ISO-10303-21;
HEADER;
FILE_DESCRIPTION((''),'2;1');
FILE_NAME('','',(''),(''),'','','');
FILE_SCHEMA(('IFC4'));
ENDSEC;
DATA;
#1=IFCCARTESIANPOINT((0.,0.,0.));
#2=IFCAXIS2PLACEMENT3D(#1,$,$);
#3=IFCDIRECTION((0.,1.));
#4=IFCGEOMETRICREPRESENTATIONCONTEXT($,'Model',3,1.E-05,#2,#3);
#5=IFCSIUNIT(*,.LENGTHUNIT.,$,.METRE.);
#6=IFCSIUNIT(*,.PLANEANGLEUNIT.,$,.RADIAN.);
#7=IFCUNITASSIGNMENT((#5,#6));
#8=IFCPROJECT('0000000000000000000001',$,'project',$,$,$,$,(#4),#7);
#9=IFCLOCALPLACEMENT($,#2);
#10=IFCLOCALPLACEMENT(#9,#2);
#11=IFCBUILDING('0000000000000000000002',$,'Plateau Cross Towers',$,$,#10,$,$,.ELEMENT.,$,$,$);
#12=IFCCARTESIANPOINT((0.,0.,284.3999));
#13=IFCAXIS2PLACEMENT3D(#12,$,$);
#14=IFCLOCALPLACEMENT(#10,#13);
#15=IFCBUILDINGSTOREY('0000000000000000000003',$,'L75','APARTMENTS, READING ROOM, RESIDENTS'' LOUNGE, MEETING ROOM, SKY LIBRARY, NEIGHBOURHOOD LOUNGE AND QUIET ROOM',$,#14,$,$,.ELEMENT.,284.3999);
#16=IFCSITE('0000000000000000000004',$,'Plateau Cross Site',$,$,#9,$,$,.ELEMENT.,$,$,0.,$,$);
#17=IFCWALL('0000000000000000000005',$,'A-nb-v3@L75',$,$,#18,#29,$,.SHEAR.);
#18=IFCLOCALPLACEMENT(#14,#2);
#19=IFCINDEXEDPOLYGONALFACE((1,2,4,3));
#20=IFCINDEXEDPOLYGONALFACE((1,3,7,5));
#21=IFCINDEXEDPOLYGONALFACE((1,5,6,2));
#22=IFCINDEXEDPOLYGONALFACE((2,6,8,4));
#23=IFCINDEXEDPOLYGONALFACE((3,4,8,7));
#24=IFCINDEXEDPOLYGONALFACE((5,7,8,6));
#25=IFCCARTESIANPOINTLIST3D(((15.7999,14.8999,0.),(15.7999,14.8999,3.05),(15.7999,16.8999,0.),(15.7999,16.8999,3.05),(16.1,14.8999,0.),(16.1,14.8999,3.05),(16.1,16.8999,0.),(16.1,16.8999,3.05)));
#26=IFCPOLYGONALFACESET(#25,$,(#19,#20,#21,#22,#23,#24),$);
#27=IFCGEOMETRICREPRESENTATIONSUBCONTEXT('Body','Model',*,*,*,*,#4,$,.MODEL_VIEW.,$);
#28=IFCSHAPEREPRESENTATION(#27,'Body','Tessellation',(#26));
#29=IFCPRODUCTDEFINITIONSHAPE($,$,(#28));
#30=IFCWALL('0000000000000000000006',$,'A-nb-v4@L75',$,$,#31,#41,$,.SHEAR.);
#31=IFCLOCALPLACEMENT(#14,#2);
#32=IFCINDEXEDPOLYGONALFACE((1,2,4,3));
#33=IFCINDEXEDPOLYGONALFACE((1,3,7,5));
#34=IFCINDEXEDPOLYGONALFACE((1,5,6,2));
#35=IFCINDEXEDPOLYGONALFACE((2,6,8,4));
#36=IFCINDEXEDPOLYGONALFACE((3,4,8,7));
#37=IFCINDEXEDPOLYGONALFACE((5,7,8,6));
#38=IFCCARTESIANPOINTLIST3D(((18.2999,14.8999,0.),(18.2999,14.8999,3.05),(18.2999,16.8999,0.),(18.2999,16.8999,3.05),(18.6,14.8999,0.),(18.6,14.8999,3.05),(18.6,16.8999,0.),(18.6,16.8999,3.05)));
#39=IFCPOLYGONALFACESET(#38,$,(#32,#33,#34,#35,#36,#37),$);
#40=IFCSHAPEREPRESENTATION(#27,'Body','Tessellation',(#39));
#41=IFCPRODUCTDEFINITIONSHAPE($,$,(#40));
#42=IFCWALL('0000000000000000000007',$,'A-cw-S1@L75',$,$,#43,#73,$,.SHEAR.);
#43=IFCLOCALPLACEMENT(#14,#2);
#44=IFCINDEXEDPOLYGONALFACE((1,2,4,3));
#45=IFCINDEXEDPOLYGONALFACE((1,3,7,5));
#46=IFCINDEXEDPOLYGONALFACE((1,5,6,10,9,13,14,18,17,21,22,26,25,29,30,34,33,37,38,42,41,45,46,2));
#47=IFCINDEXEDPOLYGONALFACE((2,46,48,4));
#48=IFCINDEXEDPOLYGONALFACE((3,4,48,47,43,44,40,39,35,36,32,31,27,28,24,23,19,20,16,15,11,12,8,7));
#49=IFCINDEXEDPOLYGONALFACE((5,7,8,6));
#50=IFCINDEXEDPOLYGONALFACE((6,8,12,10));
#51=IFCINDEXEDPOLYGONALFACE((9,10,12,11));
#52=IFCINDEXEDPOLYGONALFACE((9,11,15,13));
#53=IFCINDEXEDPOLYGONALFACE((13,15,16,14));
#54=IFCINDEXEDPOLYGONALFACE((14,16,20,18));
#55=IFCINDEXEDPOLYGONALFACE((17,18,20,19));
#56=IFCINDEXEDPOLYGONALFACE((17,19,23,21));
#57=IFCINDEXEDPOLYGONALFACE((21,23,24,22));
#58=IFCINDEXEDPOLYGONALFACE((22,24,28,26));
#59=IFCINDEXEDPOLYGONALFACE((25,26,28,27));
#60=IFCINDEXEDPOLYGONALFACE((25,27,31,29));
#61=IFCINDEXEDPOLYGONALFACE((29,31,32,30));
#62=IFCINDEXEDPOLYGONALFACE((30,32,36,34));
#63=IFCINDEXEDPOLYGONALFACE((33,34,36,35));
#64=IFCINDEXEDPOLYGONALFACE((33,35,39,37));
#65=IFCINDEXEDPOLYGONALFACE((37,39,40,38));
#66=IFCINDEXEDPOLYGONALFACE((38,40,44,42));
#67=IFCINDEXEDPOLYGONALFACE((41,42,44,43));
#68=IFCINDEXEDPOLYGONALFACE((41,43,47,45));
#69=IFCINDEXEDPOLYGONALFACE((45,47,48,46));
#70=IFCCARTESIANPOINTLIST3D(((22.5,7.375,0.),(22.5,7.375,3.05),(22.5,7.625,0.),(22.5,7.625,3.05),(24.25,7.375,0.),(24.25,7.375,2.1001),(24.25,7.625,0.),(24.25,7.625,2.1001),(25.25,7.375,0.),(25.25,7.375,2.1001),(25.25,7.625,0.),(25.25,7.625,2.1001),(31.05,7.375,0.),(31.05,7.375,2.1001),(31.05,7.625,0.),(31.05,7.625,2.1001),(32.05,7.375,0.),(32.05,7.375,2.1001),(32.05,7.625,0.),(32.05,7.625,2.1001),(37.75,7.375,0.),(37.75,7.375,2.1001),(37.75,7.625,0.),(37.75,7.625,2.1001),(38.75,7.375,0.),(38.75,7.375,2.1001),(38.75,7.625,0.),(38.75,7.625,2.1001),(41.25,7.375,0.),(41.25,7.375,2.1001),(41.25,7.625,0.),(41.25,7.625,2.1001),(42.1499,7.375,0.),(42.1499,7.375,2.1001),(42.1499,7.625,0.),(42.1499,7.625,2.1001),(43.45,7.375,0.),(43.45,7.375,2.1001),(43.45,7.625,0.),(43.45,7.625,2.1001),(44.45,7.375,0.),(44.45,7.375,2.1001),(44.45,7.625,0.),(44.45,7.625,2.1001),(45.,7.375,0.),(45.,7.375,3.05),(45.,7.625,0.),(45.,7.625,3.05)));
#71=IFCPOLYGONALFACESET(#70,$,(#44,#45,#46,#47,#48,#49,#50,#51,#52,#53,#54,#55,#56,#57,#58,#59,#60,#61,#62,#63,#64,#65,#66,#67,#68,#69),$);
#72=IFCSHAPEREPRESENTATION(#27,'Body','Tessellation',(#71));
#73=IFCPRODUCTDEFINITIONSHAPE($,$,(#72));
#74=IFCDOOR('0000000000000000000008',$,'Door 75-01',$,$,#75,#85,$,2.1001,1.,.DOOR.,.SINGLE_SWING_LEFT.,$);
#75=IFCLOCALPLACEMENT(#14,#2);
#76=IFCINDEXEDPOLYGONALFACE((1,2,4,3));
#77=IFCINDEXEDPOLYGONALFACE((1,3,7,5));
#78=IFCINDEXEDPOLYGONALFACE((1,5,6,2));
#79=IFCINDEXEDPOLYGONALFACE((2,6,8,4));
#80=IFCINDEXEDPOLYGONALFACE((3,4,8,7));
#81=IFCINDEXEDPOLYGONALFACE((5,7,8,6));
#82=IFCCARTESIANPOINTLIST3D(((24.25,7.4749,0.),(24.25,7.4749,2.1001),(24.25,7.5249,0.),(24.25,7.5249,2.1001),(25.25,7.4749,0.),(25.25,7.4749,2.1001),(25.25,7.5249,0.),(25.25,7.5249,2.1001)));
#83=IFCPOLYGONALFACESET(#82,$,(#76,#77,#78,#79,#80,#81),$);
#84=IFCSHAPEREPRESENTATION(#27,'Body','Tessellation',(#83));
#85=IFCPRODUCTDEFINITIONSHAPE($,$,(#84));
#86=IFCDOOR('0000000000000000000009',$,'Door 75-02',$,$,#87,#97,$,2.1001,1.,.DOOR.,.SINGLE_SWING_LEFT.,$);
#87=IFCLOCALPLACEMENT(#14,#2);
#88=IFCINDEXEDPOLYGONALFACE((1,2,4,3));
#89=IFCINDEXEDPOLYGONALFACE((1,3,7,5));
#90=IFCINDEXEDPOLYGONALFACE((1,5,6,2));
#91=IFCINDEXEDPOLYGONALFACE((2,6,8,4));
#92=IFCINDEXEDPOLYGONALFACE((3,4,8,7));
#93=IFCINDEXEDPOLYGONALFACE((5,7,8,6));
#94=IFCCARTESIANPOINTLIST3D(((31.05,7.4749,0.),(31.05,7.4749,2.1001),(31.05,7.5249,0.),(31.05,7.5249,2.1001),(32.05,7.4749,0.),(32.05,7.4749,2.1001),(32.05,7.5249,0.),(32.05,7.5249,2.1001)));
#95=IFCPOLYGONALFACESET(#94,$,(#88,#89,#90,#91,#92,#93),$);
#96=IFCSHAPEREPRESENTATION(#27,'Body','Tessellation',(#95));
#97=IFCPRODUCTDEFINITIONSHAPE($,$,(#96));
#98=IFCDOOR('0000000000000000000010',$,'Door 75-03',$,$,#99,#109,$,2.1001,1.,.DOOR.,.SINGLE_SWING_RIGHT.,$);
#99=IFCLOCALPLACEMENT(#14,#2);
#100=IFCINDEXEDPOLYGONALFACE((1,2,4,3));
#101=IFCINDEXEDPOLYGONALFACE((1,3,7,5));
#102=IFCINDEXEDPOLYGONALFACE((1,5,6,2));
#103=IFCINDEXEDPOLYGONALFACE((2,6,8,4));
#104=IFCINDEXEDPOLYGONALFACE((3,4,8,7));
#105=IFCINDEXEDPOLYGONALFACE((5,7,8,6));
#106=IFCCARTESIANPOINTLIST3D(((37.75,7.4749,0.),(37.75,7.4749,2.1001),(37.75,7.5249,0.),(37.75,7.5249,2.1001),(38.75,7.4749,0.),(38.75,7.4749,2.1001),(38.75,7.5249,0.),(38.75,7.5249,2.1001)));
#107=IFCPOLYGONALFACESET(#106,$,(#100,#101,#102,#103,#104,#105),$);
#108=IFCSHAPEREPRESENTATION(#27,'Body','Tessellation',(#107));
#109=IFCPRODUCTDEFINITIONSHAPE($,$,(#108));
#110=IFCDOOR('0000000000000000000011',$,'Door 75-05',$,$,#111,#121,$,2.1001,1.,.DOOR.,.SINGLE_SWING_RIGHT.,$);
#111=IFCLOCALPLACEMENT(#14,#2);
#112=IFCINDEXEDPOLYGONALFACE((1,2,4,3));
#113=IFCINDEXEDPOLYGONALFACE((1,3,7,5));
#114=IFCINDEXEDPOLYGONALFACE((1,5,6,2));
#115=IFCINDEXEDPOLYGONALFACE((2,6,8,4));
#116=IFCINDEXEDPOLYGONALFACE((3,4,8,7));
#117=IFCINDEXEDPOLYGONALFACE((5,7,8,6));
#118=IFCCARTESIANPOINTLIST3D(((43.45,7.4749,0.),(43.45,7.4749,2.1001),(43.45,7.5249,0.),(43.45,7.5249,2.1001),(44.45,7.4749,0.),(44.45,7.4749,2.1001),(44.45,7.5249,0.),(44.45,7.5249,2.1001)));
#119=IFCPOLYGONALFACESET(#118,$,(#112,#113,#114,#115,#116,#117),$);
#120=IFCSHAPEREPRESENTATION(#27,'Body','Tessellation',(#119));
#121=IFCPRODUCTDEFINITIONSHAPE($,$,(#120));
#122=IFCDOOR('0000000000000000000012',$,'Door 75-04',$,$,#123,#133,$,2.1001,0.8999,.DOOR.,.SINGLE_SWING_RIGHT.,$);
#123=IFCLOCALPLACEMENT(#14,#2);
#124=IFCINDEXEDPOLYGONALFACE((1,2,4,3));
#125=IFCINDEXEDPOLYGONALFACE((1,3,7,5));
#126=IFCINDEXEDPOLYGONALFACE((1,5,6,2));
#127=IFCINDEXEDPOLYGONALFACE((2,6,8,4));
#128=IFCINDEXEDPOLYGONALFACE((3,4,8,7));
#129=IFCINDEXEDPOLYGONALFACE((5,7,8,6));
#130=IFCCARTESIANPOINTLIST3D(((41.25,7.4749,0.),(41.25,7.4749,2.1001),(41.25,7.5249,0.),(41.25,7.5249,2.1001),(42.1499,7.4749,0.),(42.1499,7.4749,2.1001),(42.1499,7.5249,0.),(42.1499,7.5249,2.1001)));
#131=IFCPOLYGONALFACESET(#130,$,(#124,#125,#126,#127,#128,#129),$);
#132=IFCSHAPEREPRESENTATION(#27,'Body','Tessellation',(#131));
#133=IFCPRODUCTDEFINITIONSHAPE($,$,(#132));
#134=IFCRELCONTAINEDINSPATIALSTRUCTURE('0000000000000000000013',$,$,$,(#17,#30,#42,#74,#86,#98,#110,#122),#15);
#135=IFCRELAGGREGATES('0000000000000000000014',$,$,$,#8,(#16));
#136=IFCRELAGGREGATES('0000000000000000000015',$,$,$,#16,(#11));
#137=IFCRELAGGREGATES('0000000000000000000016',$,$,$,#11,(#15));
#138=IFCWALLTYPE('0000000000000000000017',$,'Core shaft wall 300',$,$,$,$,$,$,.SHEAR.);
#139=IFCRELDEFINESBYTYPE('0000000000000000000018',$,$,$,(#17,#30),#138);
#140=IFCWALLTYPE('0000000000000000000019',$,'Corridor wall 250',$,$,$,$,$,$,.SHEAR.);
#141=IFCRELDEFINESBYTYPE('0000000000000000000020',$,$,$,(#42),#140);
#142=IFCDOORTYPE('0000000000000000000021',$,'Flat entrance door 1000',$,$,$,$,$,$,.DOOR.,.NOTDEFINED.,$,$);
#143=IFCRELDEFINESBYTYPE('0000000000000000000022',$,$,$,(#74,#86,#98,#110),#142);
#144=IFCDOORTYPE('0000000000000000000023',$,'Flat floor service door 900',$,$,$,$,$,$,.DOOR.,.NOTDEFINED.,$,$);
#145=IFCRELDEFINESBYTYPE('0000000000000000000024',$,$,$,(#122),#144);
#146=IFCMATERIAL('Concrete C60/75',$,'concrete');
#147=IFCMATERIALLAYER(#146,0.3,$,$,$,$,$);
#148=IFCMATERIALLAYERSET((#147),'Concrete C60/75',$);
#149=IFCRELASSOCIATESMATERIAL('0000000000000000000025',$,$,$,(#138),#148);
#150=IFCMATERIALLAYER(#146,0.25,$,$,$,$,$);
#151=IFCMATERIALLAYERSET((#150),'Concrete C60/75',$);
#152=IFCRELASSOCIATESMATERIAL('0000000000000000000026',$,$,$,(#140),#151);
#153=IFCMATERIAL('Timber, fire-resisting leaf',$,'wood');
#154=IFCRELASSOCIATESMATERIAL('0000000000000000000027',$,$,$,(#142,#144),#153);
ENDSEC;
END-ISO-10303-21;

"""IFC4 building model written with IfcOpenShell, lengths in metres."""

from ifc_helpers import new_model, si_unit, direction, frame, frame_2d, origin, place, context, subcontext, project, spatial, rectangle, extrude, material, layer, layer_set, type_object, element, fill, save


model = new_model("IFC4")

# Units and contexts
model_context = context("Model", 3, precision=1e-05, world=origin(), true_north=direction((0.0, 1.0)))
body_context = subcontext(model_context, "Body", "Model", "MODEL_VIEW")
ifc_project = project(units=[si_unit("LENGTHUNIT", "METRE"), si_unit("PLANEANGLEUNIT", "RADIAN")], contexts=[model_context])

# Site, building, storey
site_placement = place(None, origin())
site = spatial("IfcSite", under=ifc_project, at=site_placement, Name="Plateau Cross Site", CompositionType="ELEMENT", RefElevation=0.0)
building_placement = place(site_placement, origin())
building = spatial("IfcBuilding", under=site, at=building_placement, Name="Plateau Cross Towers", CompositionType="ELEMENT")
storey_placement = place(building_placement, frame((0.0, 0.0, 284.3999)))
storey = spatial("IfcBuildingStorey", under=building, at=storey_placement, Name="L75", Description="APARTMENTS, READING ROOM, RESIDENTS' LOUNGE, MEETING ROOM, SKY LIBRARY, NEIGHBOURHOOD LOUNGE AND QUIET ROOM", CompositionType="ELEMENT", Elevation=284.3999)

# Shared definitions
ifc_material_1 = material(Name="Concrete C60/75", Category="concrete")

# Walls
ifc_layer_1 = layer(ifc_material_1, 0.3)
ifc_layer_set_1 = layer_set([ifc_layer_1], Name="Concrete C60/75")
wall_type_1 = type_object("IfcWallType", Name="Core shaft wall 300", PredefinedType="SHEAR", material=ifc_layer_set_1)
for number, where, z_axis, x_axis, name in (
    (1, (15.95, 14.8999, 0.0), (0.0, 0.0, 1.0), (0.0, 1.0, 0.0), "A-nb-v3@L75"),
    (2, (18.45, 14.8999, 0.0), (0.0, 0.0, 1.0), (0.0, 1.0, 0.0), "A-nb-v4@L75"),
):
    element("IfcWall", number, at=place(storey_placement, frame(where, z_axis=z_axis, x_axis=x_axis)), inside=storey, type_object=wall_type_1, Name=name, PredefinedType="SHEAR", context=body_context, shape_type="SweptSolid", body=[
        extrude(rectangle(XDim=2.0, YDim=0.3, at=frame_2d((1.0, 0.0))), origin(), (0.0, 0.0, 1.0), 3.05),
    ])

# Wall, openings, doors
ifc_layer_2 = layer(ifc_material_1, 0.25)
ifc_layer_set_2 = layer_set([ifc_layer_2], Name="Concrete C60/75")
wall_type_2 = type_object("IfcWallType", Name="Corridor wall 250", PredefinedType="SHEAR", material=ifc_layer_set_2)
wall_1_placement = place(storey_placement, frame((22.5, 7.5, 0.0), z_axis=(0.0, 0.0, 1.0), x_axis=(1.0, 0.0, 0.0)))
wall_1 = element("IfcWall", 3, at=wall_1_placement, inside=storey, type_object=wall_type_2, Name="A-cw-S1@L75", PredefinedType="SHEAR", context=body_context, shape_type="SweptSolid", body=[
    extrude(rectangle(XDim=22.5, YDim=0.25, at=frame_2d((11.25, 0.0))), origin(), (0.0, 0.0, 1.0), 3.05),
])
opening_1_placement = place(wall_1_placement, frame((1.75, 0.0, 0.0)))
opening_1 = element("IfcOpeningElement", 4, at=opening_1_placement, cuts=wall_1, PredefinedType="OPENING", context=body_context, shape_type="SweptSolid", body=[
    extrude(rectangle(XDim=1.0, YDim=2.1001, at=frame_2d((0.5, 1.05))), frame((0.0, 0.135, 0.0), z_axis=(0.0, -1.0, 0.0), x_axis=(1.0, 0.0, 0.0)), (0.0, 0.0, 1.0), 0.27),
])
opening_2_placement = place(wall_1_placement, frame((8.55, 0.0, 0.0)))
opening_2 = element("IfcOpeningElement", 5, at=opening_2_placement, cuts=wall_1, PredefinedType="OPENING", context=body_context, shape_type="SweptSolid", body=[
    extrude(rectangle(XDim=1.0, YDim=2.1001, at=frame_2d((0.5, 1.05))), frame((0.0, 0.135, 0.0), z_axis=(0.0, -1.0, 0.0), x_axis=(1.0, 0.0, 0.0)), (0.0, 0.0, 1.0), 0.27),
])
opening_3_placement = place(wall_1_placement, frame((15.25, 0.0, 0.0)))
opening_3 = element("IfcOpeningElement", 6, at=opening_3_placement, cuts=wall_1, PredefinedType="OPENING", context=body_context, shape_type="SweptSolid", body=[
    extrude(rectangle(XDim=1.0, YDim=2.1001, at=frame_2d((0.5, 1.05))), frame((0.0, 0.135, 0.0), z_axis=(0.0, -1.0, 0.0), x_axis=(1.0, 0.0, 0.0)), (0.0, 0.0, 1.0), 0.27),
])
opening_4_placement = place(wall_1_placement, frame((18.75, 0.0, 0.0)))
opening_4 = element("IfcOpeningElement", 7, at=opening_4_placement, cuts=wall_1, PredefinedType="OPENING", context=body_context, shape_type="SweptSolid", body=[
    extrude(rectangle(XDim=0.8999, YDim=2.1001, at=frame_2d((0.45, 1.05))), frame((0.0, 0.135, 0.0), z_axis=(0.0, -1.0, 0.0), x_axis=(1.0, 0.0, 0.0)), (0.0, 0.0, 1.0), 0.27),
])
opening_5_placement = place(wall_1_placement, frame((20.95, 0.0, 0.0)))
opening_5 = element("IfcOpeningElement", 8, at=opening_5_placement, cuts=wall_1, PredefinedType="OPENING", context=body_context, shape_type="SweptSolid", body=[
    extrude(rectangle(XDim=1.0, YDim=2.1001, at=frame_2d((0.5, 1.05))), frame((0.0, 0.135, 0.0), z_axis=(0.0, -1.0, 0.0), x_axis=(1.0, 0.0, 0.0)), (0.0, 0.0, 1.0), 0.27),
])
ifc_material_2 = material(Name="Timber, fire-resisting leaf", Category="wood")
door_type_1 = type_object("IfcDoorType", Name="Flat entrance door 1000", OperationType="NOTDEFINED", PredefinedType="DOOR", material=ifc_material_2)
door_1_placement = place(opening_1_placement, origin())
door_1 = element("IfcDoor", 9, at=door_1_placement, inside=storey, type_object=door_type_1, Name="Door 75-01", OperationType="SINGLE_SWING_LEFT", OverallHeight=2.1001, OverallWidth=1.0, PredefinedType="DOOR", context=body_context, shape_type="SweptSolid", body=[
    extrude(rectangle(XDim=1.0, YDim=2.1001, at=frame_2d((0.5, 1.05))), frame((0.0, 0.0249, 0.0), z_axis=(0.0, -1.0, 0.0), x_axis=(1.0, 0.0, 0.0)), (0.0, 0.0, 1.0), 0.05),
])
fill(opening_1, door_1)
door_2_placement = place(opening_2_placement, origin())
door_2 = element("IfcDoor", 10, at=door_2_placement, inside=storey, type_object=door_type_1, Name="Door 75-02", OperationType="SINGLE_SWING_LEFT", OverallHeight=2.1001, OverallWidth=1.0, PredefinedType="DOOR", context=body_context, shape_type="SweptSolid", body=[
    extrude(rectangle(XDim=1.0, YDim=2.1001, at=frame_2d((0.5, 1.05))), frame((0.0, 0.0249, 0.0), z_axis=(0.0, -1.0, 0.0), x_axis=(1.0, 0.0, 0.0)), (0.0, 0.0, 1.0), 0.05),
])
fill(opening_2, door_2)
door_3_placement = place(opening_3_placement, origin())
door_3 = element("IfcDoor", 11, at=door_3_placement, inside=storey, type_object=door_type_1, Name="Door 75-03", OperationType="SINGLE_SWING_RIGHT", OverallHeight=2.1001, OverallWidth=1.0, PredefinedType="DOOR", context=body_context, shape_type="SweptSolid", body=[
    extrude(rectangle(XDim=1.0, YDim=2.1001, at=frame_2d((0.5, 1.05))), frame((0.0, 0.0249, 0.0), z_axis=(0.0, -1.0, 0.0), x_axis=(1.0, 0.0, 0.0)), (0.0, 0.0, 1.0), 0.05),
])
fill(opening_3, door_3)
door_4_placement = place(opening_5_placement, origin())
door_4 = element("IfcDoor", 12, at=door_4_placement, inside=storey, type_object=door_type_1, Name="Door 75-05", OperationType="SINGLE_SWING_RIGHT", OverallHeight=2.1001, OverallWidth=1.0, PredefinedType="DOOR", context=body_context, shape_type="SweptSolid", body=[
    extrude(rectangle(XDim=1.0, YDim=2.1001, at=frame_2d((0.5, 1.05))), frame((0.0, 0.0249, 0.0), z_axis=(0.0, -1.0, 0.0), x_axis=(1.0, 0.0, 0.0)), (0.0, 0.0, 1.0), 0.05),
])
fill(opening_5, door_4)
door_type_2 = type_object("IfcDoorType", Name="Flat floor service door 900", OperationType="NOTDEFINED", PredefinedType="DOOR", material=ifc_material_2)
door_5_placement = place(opening_4_placement, origin())
door_5 = element("IfcDoor", 13, at=door_5_placement, inside=storey, type_object=door_type_2, Name="Door 75-04", OperationType="SINGLE_SWING_RIGHT", OverallHeight=2.1001, OverallWidth=0.8999, PredefinedType="DOOR", context=body_context, shape_type="SweptSolid", body=[
    extrude(rectangle(XDim=0.8999, YDim=2.1001, at=frame_2d((0.45, 1.05))), frame((0.0, 0.0249, 0.0), z_axis=(0.0, -1.0, 0.0), x_axis=(1.0, 0.0, 0.0)), (0.0, 0.0, 1.0), 0.05),
])
fill(opening_4, door_5)

save(model, "model.ifc")
